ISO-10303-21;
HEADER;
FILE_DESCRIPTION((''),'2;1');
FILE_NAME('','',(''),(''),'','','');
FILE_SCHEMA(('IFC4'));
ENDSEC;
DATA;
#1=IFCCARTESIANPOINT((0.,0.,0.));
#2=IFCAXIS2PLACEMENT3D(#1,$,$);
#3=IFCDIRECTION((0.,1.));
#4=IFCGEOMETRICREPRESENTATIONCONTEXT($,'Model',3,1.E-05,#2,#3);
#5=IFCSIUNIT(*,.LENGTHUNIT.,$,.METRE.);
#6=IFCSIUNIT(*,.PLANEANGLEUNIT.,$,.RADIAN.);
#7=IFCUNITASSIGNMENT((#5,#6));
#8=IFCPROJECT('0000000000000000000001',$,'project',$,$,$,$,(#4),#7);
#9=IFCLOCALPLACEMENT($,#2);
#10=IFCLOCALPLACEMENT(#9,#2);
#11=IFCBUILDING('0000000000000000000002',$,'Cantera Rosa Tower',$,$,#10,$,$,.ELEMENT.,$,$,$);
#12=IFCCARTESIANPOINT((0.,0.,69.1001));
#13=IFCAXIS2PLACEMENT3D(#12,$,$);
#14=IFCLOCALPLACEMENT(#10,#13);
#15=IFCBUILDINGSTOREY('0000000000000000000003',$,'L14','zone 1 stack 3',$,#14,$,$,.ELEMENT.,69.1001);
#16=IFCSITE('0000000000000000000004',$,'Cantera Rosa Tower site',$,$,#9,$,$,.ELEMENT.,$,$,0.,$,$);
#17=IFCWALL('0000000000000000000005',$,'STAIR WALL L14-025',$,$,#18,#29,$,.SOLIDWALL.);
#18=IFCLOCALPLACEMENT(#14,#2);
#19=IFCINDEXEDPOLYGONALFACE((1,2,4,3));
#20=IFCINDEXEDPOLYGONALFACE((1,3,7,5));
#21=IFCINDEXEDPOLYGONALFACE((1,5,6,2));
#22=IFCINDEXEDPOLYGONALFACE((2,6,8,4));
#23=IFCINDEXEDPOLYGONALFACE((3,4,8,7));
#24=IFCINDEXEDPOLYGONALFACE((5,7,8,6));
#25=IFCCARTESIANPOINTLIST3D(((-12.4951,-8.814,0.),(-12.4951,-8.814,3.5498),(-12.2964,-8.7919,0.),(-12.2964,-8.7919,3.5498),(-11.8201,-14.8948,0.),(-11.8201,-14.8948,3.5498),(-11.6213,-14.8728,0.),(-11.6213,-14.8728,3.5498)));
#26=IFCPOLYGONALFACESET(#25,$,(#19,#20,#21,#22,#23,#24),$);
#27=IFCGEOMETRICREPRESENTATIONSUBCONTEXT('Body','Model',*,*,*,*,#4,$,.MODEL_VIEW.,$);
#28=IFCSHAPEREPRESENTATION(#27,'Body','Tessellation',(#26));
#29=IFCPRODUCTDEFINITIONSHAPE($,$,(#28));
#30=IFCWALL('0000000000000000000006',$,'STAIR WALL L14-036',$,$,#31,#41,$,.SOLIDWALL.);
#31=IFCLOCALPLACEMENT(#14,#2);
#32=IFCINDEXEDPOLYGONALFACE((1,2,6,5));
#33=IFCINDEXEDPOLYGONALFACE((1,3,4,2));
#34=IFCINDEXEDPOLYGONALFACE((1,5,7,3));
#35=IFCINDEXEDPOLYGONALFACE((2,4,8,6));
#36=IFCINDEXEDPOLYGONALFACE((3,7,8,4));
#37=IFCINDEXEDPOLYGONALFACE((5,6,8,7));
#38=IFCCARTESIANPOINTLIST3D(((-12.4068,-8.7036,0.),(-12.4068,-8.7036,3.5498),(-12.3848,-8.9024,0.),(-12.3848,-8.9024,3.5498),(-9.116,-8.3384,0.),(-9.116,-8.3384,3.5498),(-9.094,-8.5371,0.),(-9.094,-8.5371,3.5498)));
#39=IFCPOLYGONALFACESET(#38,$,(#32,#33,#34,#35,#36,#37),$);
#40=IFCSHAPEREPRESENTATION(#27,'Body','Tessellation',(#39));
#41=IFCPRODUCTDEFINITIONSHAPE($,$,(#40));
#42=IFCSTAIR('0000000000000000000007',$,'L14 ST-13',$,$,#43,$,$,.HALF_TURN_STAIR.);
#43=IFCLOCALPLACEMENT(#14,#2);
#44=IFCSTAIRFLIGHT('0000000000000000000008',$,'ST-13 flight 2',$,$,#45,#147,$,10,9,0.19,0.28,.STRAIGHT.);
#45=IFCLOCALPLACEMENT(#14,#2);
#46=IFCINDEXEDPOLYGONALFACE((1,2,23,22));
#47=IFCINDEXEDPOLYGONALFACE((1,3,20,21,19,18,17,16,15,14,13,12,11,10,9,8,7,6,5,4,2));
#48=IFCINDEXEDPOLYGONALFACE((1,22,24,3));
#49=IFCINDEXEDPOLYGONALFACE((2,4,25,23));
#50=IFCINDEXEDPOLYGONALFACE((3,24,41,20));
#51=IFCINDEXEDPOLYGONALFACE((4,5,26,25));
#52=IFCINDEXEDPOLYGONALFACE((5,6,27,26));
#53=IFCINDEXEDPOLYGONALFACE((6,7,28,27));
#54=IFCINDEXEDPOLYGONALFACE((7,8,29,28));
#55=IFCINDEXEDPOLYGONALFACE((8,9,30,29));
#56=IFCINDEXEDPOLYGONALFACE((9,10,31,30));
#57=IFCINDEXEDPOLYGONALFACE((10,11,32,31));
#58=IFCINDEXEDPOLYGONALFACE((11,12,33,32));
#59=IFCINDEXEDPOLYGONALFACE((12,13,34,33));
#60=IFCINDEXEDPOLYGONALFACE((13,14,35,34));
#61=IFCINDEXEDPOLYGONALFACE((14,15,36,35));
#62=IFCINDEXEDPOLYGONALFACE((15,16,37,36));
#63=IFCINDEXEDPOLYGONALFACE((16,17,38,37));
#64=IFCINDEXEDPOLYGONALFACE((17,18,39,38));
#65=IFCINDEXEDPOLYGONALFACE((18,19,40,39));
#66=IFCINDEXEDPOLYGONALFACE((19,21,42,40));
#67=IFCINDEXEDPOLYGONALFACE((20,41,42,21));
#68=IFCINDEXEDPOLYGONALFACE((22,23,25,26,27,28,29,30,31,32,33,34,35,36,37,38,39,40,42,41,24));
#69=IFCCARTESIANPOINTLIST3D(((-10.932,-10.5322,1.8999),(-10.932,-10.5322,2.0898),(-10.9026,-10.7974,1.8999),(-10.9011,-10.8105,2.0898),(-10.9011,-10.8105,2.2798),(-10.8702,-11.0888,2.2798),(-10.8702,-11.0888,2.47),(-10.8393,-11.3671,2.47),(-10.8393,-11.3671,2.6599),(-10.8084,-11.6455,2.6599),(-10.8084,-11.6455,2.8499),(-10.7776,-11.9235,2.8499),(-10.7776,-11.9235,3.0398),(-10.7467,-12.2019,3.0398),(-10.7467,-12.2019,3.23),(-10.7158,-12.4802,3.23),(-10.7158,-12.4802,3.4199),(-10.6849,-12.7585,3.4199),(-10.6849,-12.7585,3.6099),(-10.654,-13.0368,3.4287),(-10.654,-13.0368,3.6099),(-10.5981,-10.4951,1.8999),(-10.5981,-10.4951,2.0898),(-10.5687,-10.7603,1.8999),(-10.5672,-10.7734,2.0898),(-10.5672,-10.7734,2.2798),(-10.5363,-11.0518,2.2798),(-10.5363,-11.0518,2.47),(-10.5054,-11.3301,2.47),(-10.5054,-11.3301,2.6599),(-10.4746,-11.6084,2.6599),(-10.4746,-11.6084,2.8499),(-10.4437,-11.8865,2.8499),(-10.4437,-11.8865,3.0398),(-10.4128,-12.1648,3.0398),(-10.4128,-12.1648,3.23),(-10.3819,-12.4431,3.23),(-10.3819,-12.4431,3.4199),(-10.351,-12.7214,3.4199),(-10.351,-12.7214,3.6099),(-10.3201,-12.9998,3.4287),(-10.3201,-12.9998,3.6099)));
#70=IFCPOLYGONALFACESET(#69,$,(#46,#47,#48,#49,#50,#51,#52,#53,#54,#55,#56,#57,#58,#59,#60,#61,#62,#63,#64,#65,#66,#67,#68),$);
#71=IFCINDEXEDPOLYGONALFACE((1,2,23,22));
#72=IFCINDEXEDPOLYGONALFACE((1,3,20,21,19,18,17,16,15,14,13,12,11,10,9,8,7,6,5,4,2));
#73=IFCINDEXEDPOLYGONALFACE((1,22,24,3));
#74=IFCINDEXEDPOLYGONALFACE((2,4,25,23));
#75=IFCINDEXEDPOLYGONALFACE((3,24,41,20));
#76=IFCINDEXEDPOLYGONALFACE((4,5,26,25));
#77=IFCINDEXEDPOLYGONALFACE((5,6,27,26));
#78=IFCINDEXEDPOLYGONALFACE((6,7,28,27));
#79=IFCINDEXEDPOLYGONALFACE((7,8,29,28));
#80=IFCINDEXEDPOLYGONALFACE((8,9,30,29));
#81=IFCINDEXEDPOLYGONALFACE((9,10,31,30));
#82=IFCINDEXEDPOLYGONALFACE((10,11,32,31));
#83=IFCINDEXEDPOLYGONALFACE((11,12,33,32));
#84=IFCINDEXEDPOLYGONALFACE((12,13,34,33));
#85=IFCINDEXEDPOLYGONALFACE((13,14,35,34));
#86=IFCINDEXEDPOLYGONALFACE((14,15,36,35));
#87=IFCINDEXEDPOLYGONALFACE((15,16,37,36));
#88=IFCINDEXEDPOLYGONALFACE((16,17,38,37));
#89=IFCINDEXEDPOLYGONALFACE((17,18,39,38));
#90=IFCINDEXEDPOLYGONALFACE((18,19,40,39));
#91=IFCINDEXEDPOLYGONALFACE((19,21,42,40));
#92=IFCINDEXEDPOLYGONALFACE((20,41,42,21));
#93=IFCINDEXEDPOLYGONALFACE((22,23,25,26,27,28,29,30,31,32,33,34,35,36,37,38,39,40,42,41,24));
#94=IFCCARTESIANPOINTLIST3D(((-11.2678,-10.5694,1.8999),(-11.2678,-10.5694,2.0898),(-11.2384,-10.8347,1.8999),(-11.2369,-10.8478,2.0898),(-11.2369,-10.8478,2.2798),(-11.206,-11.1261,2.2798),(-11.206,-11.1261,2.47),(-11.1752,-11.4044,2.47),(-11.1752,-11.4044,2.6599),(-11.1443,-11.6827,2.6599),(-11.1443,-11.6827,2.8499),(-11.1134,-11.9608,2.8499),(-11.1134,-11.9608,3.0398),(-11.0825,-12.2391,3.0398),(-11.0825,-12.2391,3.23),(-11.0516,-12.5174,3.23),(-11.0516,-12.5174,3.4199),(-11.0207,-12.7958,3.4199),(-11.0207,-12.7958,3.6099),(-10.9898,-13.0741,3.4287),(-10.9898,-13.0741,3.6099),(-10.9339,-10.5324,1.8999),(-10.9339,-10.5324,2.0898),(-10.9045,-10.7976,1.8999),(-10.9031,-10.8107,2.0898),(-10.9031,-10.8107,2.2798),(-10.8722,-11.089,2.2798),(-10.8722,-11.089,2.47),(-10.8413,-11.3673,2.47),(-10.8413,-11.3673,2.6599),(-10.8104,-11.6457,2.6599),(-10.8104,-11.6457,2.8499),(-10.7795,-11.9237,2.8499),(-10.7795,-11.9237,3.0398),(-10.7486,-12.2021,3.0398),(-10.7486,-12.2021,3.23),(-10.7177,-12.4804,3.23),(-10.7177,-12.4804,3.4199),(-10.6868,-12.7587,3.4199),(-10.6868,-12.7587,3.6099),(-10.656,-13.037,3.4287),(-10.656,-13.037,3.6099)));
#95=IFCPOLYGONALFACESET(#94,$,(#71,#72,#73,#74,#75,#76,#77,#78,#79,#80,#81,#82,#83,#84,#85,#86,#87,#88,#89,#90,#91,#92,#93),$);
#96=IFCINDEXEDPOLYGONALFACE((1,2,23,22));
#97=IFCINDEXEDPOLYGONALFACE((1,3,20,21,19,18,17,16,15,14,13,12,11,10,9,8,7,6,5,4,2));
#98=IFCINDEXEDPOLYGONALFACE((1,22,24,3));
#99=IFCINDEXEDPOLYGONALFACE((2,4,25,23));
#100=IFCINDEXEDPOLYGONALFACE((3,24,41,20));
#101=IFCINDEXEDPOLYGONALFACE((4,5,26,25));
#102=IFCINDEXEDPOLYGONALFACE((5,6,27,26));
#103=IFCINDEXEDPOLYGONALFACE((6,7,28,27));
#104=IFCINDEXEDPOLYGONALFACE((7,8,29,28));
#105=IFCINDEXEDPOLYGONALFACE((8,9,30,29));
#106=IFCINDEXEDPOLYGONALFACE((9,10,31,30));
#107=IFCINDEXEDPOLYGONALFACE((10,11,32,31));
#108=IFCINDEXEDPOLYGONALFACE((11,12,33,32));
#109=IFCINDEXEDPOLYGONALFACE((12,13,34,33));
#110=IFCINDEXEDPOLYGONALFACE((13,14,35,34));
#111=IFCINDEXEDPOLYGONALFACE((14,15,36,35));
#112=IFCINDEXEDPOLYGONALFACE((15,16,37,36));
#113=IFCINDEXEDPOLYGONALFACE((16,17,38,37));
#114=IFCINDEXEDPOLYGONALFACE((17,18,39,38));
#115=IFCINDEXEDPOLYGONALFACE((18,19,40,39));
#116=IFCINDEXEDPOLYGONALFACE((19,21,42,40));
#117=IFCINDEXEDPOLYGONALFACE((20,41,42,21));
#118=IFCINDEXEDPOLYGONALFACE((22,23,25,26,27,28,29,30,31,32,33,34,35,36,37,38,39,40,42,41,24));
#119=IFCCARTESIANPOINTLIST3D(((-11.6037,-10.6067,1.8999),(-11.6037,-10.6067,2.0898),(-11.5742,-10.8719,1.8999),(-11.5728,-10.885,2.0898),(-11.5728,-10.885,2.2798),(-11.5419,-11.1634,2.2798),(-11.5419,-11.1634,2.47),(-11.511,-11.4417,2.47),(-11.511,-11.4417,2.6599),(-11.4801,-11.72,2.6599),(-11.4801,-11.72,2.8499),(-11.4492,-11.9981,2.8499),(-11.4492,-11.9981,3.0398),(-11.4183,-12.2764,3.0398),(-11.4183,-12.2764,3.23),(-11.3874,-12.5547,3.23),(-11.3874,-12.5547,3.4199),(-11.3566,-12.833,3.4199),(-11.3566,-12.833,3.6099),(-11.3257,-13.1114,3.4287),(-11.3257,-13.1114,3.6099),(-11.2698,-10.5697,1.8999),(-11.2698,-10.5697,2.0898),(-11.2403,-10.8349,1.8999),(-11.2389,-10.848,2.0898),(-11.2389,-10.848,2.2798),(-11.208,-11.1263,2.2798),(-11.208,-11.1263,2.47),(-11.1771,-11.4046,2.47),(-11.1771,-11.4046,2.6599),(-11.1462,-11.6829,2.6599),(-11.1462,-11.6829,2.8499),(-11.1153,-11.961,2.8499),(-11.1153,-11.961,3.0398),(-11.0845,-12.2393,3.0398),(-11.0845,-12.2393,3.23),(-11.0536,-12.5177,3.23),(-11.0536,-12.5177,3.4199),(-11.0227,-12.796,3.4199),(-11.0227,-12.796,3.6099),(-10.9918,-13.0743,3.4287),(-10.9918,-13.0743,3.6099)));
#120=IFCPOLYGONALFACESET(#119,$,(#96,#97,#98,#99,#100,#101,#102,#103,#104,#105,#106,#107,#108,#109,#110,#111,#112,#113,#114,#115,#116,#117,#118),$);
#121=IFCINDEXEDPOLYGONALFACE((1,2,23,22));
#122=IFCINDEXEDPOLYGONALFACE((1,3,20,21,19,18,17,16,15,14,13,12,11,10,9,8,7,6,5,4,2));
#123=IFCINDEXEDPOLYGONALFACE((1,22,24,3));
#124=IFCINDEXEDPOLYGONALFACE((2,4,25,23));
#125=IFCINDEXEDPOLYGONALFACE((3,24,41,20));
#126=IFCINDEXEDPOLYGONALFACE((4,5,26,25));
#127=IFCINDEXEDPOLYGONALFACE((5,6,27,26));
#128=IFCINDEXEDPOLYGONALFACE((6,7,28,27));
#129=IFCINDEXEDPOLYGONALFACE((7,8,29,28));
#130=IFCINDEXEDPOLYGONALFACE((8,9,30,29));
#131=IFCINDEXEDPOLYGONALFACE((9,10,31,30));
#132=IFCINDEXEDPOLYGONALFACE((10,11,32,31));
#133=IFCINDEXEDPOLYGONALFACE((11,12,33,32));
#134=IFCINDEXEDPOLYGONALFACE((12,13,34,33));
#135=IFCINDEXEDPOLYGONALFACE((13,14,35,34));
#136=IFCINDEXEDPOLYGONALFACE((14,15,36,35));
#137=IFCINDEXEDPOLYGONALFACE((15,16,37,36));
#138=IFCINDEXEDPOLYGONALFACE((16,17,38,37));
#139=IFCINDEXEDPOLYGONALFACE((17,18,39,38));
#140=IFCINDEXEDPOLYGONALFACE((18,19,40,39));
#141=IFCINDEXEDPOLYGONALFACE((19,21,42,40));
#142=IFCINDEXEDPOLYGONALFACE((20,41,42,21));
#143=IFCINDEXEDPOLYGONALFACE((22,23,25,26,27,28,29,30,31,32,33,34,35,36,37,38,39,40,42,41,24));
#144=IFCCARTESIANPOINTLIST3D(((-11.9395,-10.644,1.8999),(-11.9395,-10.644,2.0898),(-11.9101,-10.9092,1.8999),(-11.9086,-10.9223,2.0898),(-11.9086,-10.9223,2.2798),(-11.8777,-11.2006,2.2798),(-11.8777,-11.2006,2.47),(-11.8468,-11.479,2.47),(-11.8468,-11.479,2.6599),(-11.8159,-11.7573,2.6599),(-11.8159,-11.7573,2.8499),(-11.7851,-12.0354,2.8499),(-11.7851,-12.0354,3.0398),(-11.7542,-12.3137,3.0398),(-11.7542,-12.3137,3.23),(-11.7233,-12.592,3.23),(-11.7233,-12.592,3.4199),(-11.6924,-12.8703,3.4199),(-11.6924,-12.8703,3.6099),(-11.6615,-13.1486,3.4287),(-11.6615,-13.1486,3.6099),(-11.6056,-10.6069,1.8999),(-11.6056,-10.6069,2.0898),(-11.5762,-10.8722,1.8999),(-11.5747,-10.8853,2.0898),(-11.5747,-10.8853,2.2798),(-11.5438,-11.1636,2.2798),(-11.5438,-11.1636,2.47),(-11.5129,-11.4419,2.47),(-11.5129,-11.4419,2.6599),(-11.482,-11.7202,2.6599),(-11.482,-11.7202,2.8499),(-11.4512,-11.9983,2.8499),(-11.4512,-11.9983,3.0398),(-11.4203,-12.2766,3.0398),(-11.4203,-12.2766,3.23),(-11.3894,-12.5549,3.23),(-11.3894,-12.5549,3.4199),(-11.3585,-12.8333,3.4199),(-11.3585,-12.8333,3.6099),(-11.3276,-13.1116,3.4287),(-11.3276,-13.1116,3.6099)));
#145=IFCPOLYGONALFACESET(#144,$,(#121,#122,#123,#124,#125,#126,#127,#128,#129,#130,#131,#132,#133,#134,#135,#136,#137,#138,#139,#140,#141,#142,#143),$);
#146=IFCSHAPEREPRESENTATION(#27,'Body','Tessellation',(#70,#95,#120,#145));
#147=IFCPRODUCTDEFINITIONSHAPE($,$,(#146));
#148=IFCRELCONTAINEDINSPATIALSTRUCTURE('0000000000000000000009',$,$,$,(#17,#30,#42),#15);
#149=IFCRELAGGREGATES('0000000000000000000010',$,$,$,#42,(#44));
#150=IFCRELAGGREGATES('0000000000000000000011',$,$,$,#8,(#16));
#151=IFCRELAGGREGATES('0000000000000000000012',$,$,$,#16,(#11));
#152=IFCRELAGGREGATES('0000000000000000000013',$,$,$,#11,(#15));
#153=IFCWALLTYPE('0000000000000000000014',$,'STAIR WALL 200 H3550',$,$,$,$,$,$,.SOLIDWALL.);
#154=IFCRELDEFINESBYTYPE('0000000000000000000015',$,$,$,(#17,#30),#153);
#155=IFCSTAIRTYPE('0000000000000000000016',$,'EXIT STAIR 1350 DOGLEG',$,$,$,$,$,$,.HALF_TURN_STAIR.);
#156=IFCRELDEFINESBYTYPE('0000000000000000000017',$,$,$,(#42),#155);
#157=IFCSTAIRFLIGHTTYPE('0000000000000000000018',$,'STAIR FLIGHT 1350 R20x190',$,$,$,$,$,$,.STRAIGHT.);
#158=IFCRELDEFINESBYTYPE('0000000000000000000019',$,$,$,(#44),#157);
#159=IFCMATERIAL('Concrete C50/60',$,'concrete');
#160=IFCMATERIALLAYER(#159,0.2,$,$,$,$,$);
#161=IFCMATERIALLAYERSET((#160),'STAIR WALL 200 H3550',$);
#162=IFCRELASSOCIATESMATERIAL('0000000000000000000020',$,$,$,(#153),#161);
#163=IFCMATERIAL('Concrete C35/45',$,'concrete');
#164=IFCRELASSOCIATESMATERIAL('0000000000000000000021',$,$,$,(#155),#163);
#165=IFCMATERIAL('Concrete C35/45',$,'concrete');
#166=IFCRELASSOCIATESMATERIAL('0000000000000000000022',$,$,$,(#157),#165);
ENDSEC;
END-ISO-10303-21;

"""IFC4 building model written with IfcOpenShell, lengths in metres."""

from ifc_helpers import new_model, si_unit, direction, frame, frame_2d, origin, place, context, subcontext, project, spatial, polyline, rectangle, outline, extrude, material, layer, layer_set, type_object, element, aggregate, save


model = new_model("IFC4")

# Units and contexts
model_context = context("Model", 3, precision=1e-05, world=origin(), true_north=direction((0.0, 1.0)))
body_context = subcontext(model_context, "Body", "Model", "MODEL_VIEW")
ifc_project = project(units=[si_unit("LENGTHUNIT", "METRE"), si_unit("PLANEANGLEUNIT", "RADIAN")], contexts=[model_context])

# Site, building, storey
site_placement = place(None, origin())
site = spatial("IfcSite", under=ifc_project, at=site_placement, Name="Cantera Rosa Tower site", CompositionType="ELEMENT", RefElevation=0.0)
building_placement = place(site_placement, origin())
building = spatial("IfcBuilding", under=site, at=building_placement, Name="Cantera Rosa Tower", CompositionType="ELEMENT")
storey_placement = place(building_placement, frame((0.0, 0.0, 69.1001)))
storey = spatial("IfcBuildingStorey", under=building, at=storey_placement, Name="L14", Description="zone 1 stack 3", CompositionType="ELEMENT", Elevation=69.1001)

# Walls
ifc_material_1 = material(Name="Concrete C50/60", Category="concrete")
ifc_layer_1 = layer(ifc_material_1, 0.2)
ifc_layer_set_1 = layer_set([ifc_layer_1], Name="STAIR WALL 200 H3550")
wall_type_1 = type_object("IfcWallType", Name="STAIR WALL 200 H3550", PredefinedType="SOLIDWALL", material=ifc_layer_set_1)
wall_1_placement = place(storey_placement, frame((-12.3958, -8.803, 0.0), z_axis=(0.0, 0.0, 1.0), x_axis=(0.110335, -0.993894, 0.0)))
element("IfcWall", 1, at=wall_1_placement, inside=storey, type_object=wall_type_1, Name="STAIR WALL L14-025", PredefinedType="SOLIDWALL", context=body_context, shape_type="SweptSolid", body=[
    extrude(rectangle(XDim=6.1182, YDim=0.2, at=frame_2d((3.0591, 0.0))), origin(), (0.0, 0.0, 1.0), 3.5498),
])
wall_2_placement = place(storey_placement, frame((-9.105, -8.4377, 0.0), z_axis=(0.0, 0.0, 1.0), x_axis=(-0.993897, -0.11031, 0.0)))
element("IfcWall", 2, at=wall_2_placement, inside=storey, type_object=wall_type_1, Name="STAIR WALL L14-036", PredefinedType="SOLIDWALL", context=body_context, shape_type="SweptSolid", body=[
    extrude(rectangle(XDim=3.311, YDim=0.2, at=frame_2d((1.6555, 0.0))), origin(), (0.0, 0.0, 1.0), 3.5498),
])

# Stair, stair flight
ifc_material_2 = material(Name="Concrete C35/45", Category="concrete")
stair_type = type_object("IfcStairType", Name="EXIT STAIR 1350 DOGLEG", PredefinedType="HALF_TURN_STAIR", material=ifc_material_2)
stair_placement = place(storey_placement, origin())
stair = element("IfcStair", 3, at=stair_placement, inside=storey, type_object=stair_type, Name="L14 ST-13", PredefinedType="HALF_TURN_STAIR")
ifc_material_3 = material(Name="Concrete C35/45", Category="concrete")
stair_flight_type = type_object("IfcStairFlightType", Name="STAIR FLIGHT 1350 R20x190", PredefinedType="STRAIGHT", material=ifc_material_3)
stair_flight_placement = place(storey_placement, frame((-11.269, -10.5696, 1.8999), z_axis=(0.0, 0.0, 1.0), x_axis=(0.110313, -0.993897, 0.0)))
stair_flight = element("IfcStairFlight", 4, at=stair_flight_placement, type_object=stair_flight_type, Name="ST-13 flight 2", NumberOfRisers=10, NumberOfTreads=9, PredefinedType="STRAIGHT", RiserHeight=0.19, TreadLength=0.28, context=body_context, shape_type="SweptSolid", body=[
    extrude(outline(polyline([(0.0, 0.0), (0.0, 0.1899), (0.28, 0.1899), (0.28, 0.3799), (0.5601, 0.3799), (0.5601, 0.5701), (0.8401, 0.5701), (0.8401, 0.76), (1.1201, 0.76), (1.1201, 0.95), (1.3999, 0.95), (1.3999, 1.1399), (1.6799, 1.1399), (1.6799, 1.3301), (1.96, 1.3301), (1.96, 1.52), (2.24, 1.52), (2.24, 1.71), (2.52, 1.71), (2.52, 1.8999), (2.52, 1.5288), (0.2668, 0.0), (0.0, 0.0)])), frame((0.0, 0.675, 0.0), z_axis=(0.0, -1.0, 0.0), x_axis=(1.0, 0.0, 0.0)), (0.0, 0.0, 1.0), 0.3359),
    extrude(outline(polyline([(0.0, 0.0), (0.0, 0.1899), (0.28, 0.1899), (0.28, 0.3799), (0.5601, 0.3799), (0.5601, 0.5701), (0.8401, 0.5701), (0.8401, 0.76), (1.1201, 0.76), (1.1201, 0.95), (1.3999, 0.95), (1.3999, 1.1399), (1.6799, 1.1399), (1.6799, 1.3301), (1.96, 1.3301), (1.96, 1.52), (2.24, 1.52), (2.24, 1.71), (2.52, 1.71), (2.52, 1.8999), (2.52, 1.5288), (0.2668, 0.0), (0.0, 0.0)])), frame((0.0, 0.3372, 0.0), z_axis=(0.0, -1.0, 0.0), x_axis=(1.0, 0.0, 0.0)), (0.0, 0.0, 1.0), 0.3359),
    extrude(outline(polyline([(0.0, 0.0), (0.0, 0.1899), (0.28, 0.1899), (0.28, 0.3799), (0.5601, 0.3799), (0.5601, 0.5701), (0.8401, 0.5701), (0.8401, 0.76), (1.1201, 0.76), (1.1201, 0.95), (1.3999, 0.95), (1.3999, 1.1399), (1.6799, 1.1399), (1.6799, 1.3301), (1.96, 1.3301), (1.96, 1.52), (2.24, 1.52), (2.24, 1.71), (2.52, 1.71), (2.52, 1.8999), (2.52, 1.5288), (0.2668, 0.0), (0.0, 0.0)])), frame((0.0, -0.0007, 0.0), z_axis=(0.0, -1.0, 0.0), x_axis=(1.0, 0.0, 0.0)), (0.0, 0.0, 1.0), 0.3359),
    extrude(outline(polyline([(0.0, 0.0), (0.0, 0.1899), (0.28, 0.1899), (0.28, 0.3799), (0.5601, 0.3799), (0.5601, 0.5701), (0.8401, 0.5701), (0.8401, 0.76), (1.1201, 0.76), (1.1201, 0.95), (1.3999, 0.95), (1.3999, 1.1399), (1.6799, 1.1399), (1.6799, 1.3301), (1.96, 1.3301), (1.96, 1.52), (2.24, 1.52), (2.24, 1.71), (2.52, 1.71), (2.52, 1.8999), (2.52, 1.5288), (0.2668, 0.0), (0.0, 0.0)])), frame((0.0, -0.3386, 0.0), z_axis=(0.0, -1.0, 0.0), x_axis=(1.0, 0.0, 0.0)), (0.0, 0.0, 1.0), 0.3359),
])
aggregate(stair, [stair_flight])

save(model, "model.ifc")
